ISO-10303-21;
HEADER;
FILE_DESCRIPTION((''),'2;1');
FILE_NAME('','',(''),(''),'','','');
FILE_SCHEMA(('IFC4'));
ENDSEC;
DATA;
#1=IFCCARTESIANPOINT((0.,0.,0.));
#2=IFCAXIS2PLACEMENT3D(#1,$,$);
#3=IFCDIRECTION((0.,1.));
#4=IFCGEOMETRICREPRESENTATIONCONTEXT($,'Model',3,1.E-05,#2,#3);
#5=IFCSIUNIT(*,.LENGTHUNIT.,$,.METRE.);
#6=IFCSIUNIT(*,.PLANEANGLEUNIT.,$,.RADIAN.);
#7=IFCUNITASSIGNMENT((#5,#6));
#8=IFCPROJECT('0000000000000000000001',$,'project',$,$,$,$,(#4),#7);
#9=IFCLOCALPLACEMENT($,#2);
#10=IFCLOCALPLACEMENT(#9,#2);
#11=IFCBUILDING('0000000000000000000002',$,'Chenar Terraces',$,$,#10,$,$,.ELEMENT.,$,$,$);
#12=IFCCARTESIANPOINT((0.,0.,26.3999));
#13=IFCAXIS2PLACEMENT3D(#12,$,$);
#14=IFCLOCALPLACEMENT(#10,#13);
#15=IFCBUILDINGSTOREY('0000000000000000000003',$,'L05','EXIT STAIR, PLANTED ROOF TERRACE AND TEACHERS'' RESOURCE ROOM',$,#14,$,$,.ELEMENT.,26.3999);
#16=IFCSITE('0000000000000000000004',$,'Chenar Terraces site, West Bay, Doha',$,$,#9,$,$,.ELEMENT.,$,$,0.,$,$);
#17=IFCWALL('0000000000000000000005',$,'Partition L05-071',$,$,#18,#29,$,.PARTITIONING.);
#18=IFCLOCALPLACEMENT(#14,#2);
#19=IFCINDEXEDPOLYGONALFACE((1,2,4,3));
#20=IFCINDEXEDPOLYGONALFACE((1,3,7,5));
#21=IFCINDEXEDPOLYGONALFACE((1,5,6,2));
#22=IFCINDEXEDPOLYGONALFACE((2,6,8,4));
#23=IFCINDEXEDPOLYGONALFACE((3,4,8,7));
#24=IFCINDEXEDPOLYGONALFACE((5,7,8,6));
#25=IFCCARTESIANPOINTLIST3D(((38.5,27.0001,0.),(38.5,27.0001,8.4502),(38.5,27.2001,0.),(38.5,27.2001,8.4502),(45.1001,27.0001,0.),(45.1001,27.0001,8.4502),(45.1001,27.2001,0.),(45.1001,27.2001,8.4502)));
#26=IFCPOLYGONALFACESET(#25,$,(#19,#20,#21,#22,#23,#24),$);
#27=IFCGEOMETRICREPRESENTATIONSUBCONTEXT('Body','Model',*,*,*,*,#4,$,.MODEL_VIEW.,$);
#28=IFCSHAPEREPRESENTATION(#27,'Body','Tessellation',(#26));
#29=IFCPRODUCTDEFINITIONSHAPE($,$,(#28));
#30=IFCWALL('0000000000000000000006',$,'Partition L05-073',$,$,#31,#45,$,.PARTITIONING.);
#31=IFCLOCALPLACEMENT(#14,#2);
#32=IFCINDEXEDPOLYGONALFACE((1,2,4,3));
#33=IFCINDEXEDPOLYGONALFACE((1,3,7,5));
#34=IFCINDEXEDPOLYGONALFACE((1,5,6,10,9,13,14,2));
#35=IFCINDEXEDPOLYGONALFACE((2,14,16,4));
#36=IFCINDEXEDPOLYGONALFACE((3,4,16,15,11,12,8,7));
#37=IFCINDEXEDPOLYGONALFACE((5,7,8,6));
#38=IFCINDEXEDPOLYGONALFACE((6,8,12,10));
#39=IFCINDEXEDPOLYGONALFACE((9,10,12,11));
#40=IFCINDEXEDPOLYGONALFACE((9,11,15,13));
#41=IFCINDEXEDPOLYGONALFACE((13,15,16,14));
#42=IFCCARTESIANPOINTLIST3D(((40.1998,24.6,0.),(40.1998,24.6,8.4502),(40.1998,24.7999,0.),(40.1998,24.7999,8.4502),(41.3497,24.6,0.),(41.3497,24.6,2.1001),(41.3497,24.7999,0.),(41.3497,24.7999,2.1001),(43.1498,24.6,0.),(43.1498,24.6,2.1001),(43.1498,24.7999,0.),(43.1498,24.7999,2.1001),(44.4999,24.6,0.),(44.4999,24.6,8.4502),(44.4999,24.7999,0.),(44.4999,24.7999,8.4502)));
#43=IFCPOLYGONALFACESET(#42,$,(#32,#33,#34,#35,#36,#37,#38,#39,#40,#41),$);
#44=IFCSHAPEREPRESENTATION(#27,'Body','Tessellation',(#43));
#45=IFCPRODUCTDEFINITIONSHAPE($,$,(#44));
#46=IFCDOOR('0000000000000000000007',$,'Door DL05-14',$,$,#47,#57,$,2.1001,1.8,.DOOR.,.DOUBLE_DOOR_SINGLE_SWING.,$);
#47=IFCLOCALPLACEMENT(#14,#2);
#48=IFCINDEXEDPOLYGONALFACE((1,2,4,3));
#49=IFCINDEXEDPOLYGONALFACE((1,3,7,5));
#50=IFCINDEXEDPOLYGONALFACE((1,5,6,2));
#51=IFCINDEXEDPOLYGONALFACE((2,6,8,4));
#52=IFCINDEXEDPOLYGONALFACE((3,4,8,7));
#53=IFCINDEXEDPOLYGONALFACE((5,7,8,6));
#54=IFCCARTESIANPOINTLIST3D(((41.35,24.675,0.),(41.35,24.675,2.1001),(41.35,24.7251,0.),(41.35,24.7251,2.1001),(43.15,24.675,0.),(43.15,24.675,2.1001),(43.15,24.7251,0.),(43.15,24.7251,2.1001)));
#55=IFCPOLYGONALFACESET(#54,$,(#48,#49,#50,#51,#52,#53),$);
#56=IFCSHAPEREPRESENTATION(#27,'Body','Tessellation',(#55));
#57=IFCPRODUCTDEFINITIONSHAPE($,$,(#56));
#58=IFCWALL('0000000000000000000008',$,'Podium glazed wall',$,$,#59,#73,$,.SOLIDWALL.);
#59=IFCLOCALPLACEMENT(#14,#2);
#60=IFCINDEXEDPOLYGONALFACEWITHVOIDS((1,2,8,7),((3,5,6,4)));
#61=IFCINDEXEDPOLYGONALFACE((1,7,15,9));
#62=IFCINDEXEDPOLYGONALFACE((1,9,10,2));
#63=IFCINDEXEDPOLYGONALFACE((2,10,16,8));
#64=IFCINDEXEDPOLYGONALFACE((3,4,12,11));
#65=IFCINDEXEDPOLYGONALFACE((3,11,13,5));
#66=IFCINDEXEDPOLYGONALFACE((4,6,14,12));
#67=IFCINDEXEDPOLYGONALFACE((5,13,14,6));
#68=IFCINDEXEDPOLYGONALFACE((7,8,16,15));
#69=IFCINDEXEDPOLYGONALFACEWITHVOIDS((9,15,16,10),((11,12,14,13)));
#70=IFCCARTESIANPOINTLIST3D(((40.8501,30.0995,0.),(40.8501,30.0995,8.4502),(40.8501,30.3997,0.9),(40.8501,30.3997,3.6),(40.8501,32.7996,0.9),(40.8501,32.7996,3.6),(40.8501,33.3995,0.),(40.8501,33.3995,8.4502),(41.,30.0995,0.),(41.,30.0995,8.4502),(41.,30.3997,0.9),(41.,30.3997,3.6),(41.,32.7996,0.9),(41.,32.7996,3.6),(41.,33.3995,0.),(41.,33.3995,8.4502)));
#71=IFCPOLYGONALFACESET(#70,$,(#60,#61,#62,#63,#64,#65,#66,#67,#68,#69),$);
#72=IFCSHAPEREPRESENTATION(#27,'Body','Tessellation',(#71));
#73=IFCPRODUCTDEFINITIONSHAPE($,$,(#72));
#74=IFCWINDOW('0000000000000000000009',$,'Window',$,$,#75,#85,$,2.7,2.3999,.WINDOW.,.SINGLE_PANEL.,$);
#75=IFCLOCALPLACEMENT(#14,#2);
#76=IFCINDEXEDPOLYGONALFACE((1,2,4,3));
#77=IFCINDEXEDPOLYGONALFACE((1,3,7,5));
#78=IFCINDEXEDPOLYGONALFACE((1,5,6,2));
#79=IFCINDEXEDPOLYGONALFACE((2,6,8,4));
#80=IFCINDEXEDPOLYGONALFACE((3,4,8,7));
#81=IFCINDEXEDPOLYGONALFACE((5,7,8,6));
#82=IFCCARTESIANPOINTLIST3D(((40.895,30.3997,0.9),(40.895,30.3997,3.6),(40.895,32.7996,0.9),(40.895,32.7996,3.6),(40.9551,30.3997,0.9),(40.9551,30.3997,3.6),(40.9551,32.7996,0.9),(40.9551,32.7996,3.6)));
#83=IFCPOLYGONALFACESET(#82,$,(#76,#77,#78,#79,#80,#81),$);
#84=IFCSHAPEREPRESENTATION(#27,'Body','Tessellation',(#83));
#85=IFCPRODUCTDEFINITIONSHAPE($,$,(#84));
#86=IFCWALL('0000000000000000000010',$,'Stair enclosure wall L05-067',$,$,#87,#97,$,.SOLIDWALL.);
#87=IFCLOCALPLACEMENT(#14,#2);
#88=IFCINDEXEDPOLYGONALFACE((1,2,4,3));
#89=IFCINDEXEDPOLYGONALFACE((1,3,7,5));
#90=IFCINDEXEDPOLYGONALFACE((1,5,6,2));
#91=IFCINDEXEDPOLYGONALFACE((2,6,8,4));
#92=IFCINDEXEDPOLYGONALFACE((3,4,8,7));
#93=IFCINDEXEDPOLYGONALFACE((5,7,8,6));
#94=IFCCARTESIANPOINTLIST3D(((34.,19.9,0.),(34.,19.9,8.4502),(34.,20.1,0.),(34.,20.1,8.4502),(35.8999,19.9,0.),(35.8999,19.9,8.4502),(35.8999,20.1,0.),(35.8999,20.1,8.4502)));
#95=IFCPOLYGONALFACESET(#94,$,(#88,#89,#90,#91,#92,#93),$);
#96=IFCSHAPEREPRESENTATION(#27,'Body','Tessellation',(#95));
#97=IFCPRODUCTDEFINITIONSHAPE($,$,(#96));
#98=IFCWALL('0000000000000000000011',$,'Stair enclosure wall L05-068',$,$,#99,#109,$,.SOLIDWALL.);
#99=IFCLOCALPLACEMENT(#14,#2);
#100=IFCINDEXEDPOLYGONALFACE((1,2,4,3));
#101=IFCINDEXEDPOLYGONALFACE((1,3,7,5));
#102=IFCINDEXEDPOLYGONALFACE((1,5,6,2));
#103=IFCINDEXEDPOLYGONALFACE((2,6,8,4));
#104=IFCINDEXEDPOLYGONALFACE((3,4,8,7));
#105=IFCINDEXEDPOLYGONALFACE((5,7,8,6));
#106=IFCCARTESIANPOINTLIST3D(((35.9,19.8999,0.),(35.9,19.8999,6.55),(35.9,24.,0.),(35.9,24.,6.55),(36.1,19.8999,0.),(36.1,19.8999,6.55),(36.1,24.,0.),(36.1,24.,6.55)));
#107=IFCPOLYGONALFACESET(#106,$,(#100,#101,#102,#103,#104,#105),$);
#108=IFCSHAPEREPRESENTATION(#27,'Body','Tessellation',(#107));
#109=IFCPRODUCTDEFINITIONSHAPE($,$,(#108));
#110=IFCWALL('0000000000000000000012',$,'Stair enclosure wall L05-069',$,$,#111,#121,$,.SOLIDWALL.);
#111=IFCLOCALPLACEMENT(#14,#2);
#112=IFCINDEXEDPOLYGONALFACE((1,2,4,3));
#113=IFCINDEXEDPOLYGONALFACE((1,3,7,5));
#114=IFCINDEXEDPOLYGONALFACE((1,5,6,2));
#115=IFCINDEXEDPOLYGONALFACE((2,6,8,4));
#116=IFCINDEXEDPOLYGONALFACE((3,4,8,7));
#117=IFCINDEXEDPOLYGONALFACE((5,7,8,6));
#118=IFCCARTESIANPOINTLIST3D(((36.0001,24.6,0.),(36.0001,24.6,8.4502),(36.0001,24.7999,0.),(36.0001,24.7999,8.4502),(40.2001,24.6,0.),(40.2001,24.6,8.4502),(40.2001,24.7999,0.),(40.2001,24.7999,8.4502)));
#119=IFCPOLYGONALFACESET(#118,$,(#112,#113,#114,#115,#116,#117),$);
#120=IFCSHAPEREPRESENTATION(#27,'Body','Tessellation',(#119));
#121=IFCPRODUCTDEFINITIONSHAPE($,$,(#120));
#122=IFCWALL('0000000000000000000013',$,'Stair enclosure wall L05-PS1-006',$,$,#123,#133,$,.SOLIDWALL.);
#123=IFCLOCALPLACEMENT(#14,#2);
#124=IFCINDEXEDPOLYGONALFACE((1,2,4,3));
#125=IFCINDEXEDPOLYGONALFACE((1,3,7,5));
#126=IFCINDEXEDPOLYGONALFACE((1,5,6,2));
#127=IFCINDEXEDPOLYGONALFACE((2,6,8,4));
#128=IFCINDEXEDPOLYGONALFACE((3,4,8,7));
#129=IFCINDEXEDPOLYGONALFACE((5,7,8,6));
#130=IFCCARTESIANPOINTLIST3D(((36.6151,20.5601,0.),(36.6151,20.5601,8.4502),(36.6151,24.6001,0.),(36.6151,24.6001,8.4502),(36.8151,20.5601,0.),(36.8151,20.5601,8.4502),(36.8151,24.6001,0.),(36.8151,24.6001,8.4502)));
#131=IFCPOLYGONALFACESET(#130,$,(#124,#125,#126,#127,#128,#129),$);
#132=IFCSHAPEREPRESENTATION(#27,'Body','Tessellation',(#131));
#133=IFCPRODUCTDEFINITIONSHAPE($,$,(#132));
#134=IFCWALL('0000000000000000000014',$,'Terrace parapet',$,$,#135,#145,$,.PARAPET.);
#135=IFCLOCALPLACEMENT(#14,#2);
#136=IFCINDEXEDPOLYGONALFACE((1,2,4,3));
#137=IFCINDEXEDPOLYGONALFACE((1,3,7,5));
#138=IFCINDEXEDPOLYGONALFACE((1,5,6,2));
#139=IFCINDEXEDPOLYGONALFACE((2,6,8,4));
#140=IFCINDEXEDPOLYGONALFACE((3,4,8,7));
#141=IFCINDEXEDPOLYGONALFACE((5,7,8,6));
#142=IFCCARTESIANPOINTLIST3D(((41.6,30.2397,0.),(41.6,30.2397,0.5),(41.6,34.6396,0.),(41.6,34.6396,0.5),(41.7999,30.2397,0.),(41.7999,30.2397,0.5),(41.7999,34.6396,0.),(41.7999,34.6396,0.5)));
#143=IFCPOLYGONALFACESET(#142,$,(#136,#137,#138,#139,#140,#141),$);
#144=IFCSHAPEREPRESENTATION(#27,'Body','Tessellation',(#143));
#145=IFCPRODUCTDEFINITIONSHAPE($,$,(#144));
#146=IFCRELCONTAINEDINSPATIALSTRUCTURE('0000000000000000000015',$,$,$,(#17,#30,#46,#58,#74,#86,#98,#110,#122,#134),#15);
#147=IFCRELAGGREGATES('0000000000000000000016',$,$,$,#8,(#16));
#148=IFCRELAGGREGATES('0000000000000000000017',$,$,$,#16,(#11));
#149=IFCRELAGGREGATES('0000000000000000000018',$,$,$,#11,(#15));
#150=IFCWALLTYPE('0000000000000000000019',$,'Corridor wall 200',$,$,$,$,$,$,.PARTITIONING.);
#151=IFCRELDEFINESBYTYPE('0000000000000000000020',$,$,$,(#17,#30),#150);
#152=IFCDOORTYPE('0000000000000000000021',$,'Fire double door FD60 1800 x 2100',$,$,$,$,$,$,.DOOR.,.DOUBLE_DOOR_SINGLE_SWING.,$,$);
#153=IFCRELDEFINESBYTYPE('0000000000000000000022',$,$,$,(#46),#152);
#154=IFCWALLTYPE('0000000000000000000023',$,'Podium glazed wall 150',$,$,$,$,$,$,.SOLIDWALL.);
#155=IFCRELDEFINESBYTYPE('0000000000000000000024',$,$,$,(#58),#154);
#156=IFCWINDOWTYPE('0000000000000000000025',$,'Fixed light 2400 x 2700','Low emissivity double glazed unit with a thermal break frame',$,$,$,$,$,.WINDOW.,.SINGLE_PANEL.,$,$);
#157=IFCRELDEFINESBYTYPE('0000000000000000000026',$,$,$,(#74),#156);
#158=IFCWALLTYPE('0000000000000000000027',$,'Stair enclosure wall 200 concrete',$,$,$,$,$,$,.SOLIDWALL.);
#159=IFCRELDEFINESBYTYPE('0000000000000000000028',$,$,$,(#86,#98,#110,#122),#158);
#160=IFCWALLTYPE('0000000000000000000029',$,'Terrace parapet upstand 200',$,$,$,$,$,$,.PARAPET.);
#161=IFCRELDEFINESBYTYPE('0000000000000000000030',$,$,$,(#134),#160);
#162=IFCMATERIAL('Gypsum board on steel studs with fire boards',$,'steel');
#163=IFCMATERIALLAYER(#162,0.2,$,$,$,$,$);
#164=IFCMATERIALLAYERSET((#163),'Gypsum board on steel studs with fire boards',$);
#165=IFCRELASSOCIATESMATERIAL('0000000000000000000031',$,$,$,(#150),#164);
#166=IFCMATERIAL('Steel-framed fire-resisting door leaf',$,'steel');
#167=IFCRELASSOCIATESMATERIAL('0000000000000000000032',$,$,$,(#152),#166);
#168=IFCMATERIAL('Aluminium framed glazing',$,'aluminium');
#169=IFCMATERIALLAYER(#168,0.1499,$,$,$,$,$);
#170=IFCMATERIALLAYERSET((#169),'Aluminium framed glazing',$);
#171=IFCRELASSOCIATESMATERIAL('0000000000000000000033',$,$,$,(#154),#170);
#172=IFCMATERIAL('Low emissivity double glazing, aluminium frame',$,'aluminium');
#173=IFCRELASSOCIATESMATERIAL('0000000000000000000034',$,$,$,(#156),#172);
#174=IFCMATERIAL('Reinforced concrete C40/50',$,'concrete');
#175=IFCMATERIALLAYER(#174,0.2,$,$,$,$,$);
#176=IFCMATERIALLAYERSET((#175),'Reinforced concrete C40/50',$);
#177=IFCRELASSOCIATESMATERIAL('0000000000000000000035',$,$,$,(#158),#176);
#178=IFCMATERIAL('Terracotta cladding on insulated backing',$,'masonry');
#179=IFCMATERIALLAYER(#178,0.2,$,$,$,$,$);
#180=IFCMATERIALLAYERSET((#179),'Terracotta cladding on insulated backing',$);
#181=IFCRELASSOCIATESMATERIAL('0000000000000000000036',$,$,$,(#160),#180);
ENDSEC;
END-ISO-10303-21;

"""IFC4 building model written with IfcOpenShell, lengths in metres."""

from ifc_helpers import new_model, si_unit, direction, frame, frame_2d, origin, place, context, subcontext, project, spatial, rectangle, extrude, material, layer, layer_set, type_object, element, fill, save


model = new_model("IFC4")

# Units and contexts
model_context = context("Model", 3, precision=1e-05, world=origin(), true_north=direction((0.0, 1.0)))
body_context = subcontext(model_context, "Body", "Model", "MODEL_VIEW")
ifc_project = project(units=[si_unit("LENGTHUNIT", "METRE"), si_unit("PLANEANGLEUNIT", "RADIAN")], contexts=[model_context])

# Site, building, storey
site_placement = place(None, origin())
site = spatial("IfcSite", under=ifc_project, at=site_placement, Name="Chenar Terraces site, West Bay, Doha", CompositionType="ELEMENT", RefElevation=0.0)
building_placement = place(site_placement, origin())
building = spatial("IfcBuilding", under=site, at=building_placement, Name="Chenar Terraces", CompositionType="ELEMENT")
storey_placement = place(building_placement, frame((0.0, 0.0, 26.3999)))
storey = spatial("IfcBuildingStorey", under=building, at=storey_placement, Name="L05", Description="EXIT STAIR, PLANTED ROOF TERRACE AND TEACHERS' RESOURCE ROOM", CompositionType="ELEMENT", Elevation=26.3999)

# Shared definitions
ifc_material_1 = material(Name="Gypsum board on steel studs with fire boards", Category="steel")
ifc_layer_1 = layer(ifc_material_1, 0.2)
ifc_layer_set_1 = layer_set([ifc_layer_1], Name="Gypsum board on steel studs with fire boards")
wall_type_1 = type_object("IfcWallType", Name="Corridor wall 200", PredefinedType="PARTITIONING", material=ifc_layer_set_1)

# Wall
wall_1_placement = place(storey_placement, frame((38.5, 27.1001, 0.0), z_axis=(0.0, 0.0, 1.0), x_axis=(1.0, 0.0, 0.0)))
element("IfcWall", 1, at=wall_1_placement, inside=storey, type_object=wall_type_1, Name="Partition L05-071", PredefinedType="PARTITIONING", context=body_context, shape_type="SweptSolid", body=[
    extrude(rectangle(XDim=6.6001, YDim=0.2, at=frame_2d((3.3, 0.0))), origin(), (0.0, 0.0, 1.0), 8.4502),
])

# Wall, opening, door
wall_2_placement = place(storey_placement, frame((40.2, 24.7, 0.0), z_axis=(0.0, 0.0, 1.0), x_axis=(1.0, 0.0, 0.0)))
wall_2 = element("IfcWall", 2, at=wall_2_placement, inside=storey, type_object=wall_type_1, Name="Partition L05-073", PredefinedType="PARTITIONING", context=body_context, shape_type="SweptSolid", body=[
    extrude(rectangle(XDim=4.3, YDim=0.2, at=frame_2d((2.1499, 0.0))), origin(), (0.0, 0.0, 1.0), 8.4502),
])
opening_1_placement = place(wall_2_placement, frame((1.1499, 0.0, 0.0)))
opening_1 = element("IfcOpeningElement", 3, at=opening_1_placement, cuts=wall_2, PredefinedType="OPENING", context=body_context, shape_type="SweptSolid", body=[
    extrude(rectangle(XDim=1.8, YDim=2.1001, at=frame_2d((0.8999, 1.05))), frame((0.0, 0.1099, 0.0), z_axis=(0.0, -1.0, 0.0), x_axis=(1.0, 0.0, 0.0)), (0.0, 0.0, 1.0), 0.22),
])
ifc_material_2 = material(Name="Steel-framed fire-resisting door leaf", Category="steel")
door_type_1 = type_object("IfcDoorType", Name="Fire double door FD60 1800 x 2100", OperationType="DOUBLE_DOOR_SINGLE_SWING", PredefinedType="DOOR", material=ifc_material_2)
door_1_placement = place(opening_1_placement, frame((1.8, 0.0, 0.0), z_axis=(0.0, 0.0, 1.0), x_axis=(-1.0, 0.0, 0.0)))
door_1 = element("IfcDoor", 4, at=door_1_placement, inside=storey, type_object=door_type_1, Name="Door DL05-14", OperationType="DOUBLE_DOOR_SINGLE_SWING", OverallHeight=2.1001, OverallWidth=1.8, PredefinedType="DOOR", context=body_context, shape_type="SweptSolid", body=[
    extrude(rectangle(XDim=1.8, YDim=2.1001, at=frame_2d((0.8999, 1.05))), frame((0.0, 0.0249, 0.0), z_axis=(0.0, -1.0, 0.0), x_axis=(1.0, 0.0, 0.0)), (0.0, 0.0, 1.0), 0.05),
])
fill(opening_1, door_1)

# Wall, opening, window
ifc_material_3 = material(Name="Aluminium framed glazing", Category="aluminium")
ifc_layer_2 = layer(ifc_material_3, 0.1499)
ifc_layer_set_2 = layer_set([ifc_layer_2], Name="Aluminium framed glazing")
wall_type_2 = type_object("IfcWallType", Name="Podium glazed wall 150", PredefinedType="SOLIDWALL", material=ifc_layer_set_2)
wall_3_placement = place(storey_placement, frame((40.925, 30.0996, 0.0), z_axis=(0.0, 0.0, 1.0), x_axis=(0.0, 1.0, 0.0)))
wall_3 = element("IfcWall", 5, at=wall_3_placement, inside=storey, type_object=wall_type_2, Name="Podium glazed wall", PredefinedType="SOLIDWALL", context=body_context, shape_type="SweptSolid", body=[
    extrude(rectangle(XDim=3.3, YDim=0.1499, at=frame_2d((1.6499, 0.0))), origin(), (0.0, 0.0, 1.0), 8.4502),
])
opening_2_placement = place(wall_3_placement, frame((0.3, 0.0, 0.8999)))
opening_2 = element("IfcOpeningElement", 6, at=opening_2_placement, cuts=wall_3, PredefinedType="OPENING", context=body_context, shape_type="SweptSolid", body=[
    extrude(rectangle(XDim=2.3999, YDim=2.7, at=frame_2d((1.2, 1.3501))), frame((0.0, 0.085, 0.0), z_axis=(0.0, -1.0, 0.0), x_axis=(1.0, 0.0, 0.0)), (0.0, 0.0, 1.0), 0.1699),
])
ifc_material_4 = material(Name="Low emissivity double glazing, aluminium frame", Category="aluminium")
window_type = type_object("IfcWindowType", Name="Fixed light 2400 x 2700", Description="Low emissivity double glazed unit with a thermal break frame", PartitioningType="SINGLE_PANEL", PredefinedType="WINDOW", material=ifc_material_4)
window_placement = place(opening_2_placement, origin())
window = element("IfcWindow", 7, at=window_placement, inside=storey, type_object=window_type, Name="Window", OverallHeight=2.7, OverallWidth=2.3999, PartitioningType="SINGLE_PANEL", PredefinedType="WINDOW", context=body_context, shape_type="SweptSolid", body=[
    extrude(rectangle(XDim=2.3999, YDim=2.7, at=frame_2d((1.2, 1.3501))), frame((0.0, 0.03, 0.0), z_axis=(0.0, -1.0, 0.0), x_axis=(1.0, 0.0, 0.0)), (0.0, 0.0, 1.0), 0.0601),
])
fill(opening_2, window)

# Walls
ifc_material_5 = material(Name="Reinforced concrete C40/50", Category="concrete")
ifc_layer_3 = layer(ifc_material_5, 0.2)
ifc_layer_set_3 = layer_set([ifc_layer_3], Name="Reinforced concrete C40/50")
wall_type_3 = type_object("IfcWallType", Name="Stair enclosure wall 200 concrete", PredefinedType="SOLIDWALL", material=ifc_layer_set_3)
wall_4_placement = place(storey_placement, frame((34.0, 20.0, 0.0), z_axis=(0.0, 0.0, 1.0), x_axis=(1.0, 0.0, 0.0)))
element("IfcWall", 8, at=wall_4_placement, inside=storey, type_object=wall_type_3, Name="Stair enclosure wall L05-067", PredefinedType="SOLIDWALL", context=body_context, shape_type="SweptSolid", body=[
    extrude(rectangle(XDim=1.8999, YDim=0.2, at=frame_2d((0.95, 0.0))), origin(), (0.0, 0.0, 1.0), 8.4502),
])
wall_5_placement = place(storey_placement, frame((36.0, 19.8999, 0.0), z_axis=(0.0, 0.0, 1.0), x_axis=(0.0, 1.0, 0.0)))
element("IfcWall", 9, at=wall_5_placement, inside=storey, type_object=wall_type_3, Name="Stair enclosure wall L05-068", PredefinedType="SOLIDWALL", context=body_context, shape_type="SweptSolid", body=[
    extrude(rectangle(XDim=4.1001, YDim=0.2, at=frame_2d((2.05, 0.0))), origin(), (0.0, 0.0, 1.0), 6.55),
])
wall_6_placement = place(storey_placement, frame((36.0, 24.7, 0.0), z_axis=(0.0, 0.0, 1.0), x_axis=(1.0, 0.0, 0.0)))
element("IfcWall", 10, at=wall_6_placement, inside=storey, type_object=wall_type_3, Name="Stair enclosure wall L05-069", PredefinedType="SOLIDWALL", context=body_context, shape_type="SweptSolid", body=[
    extrude(rectangle(XDim=4.2, YDim=0.2, at=frame_2d((2.1001, 0.0))), origin(), (0.0, 0.0, 1.0), 8.4502),
])
wall_7_placement = place(storey_placement, frame((36.7151, 20.5601, 0.0), z_axis=(0.0, 0.0, 1.0), x_axis=(0.0, 1.0, 0.0)))
element("IfcWall", 11, at=wall_7_placement, inside=storey, type_object=wall_type_3, Name="Stair enclosure wall L05-PS1-006", PredefinedType="SOLIDWALL", context=body_context, shape_type="SweptSolid", body=[
    extrude(rectangle(XDim=4.04, YDim=0.2, at=frame_2d((2.02, 0.0))), origin(), (0.0, 0.0, 1.0), 8.4502),
])
ifc_material_6 = material(Name="Terracotta cladding on insulated backing", Category="masonry")
ifc_layer_4 = layer(ifc_material_6, 0.2)
ifc_layer_set_4 = layer_set([ifc_layer_4], Name="Terracotta cladding on insulated backing")
wall_type_4 = type_object("IfcWallType", Name="Terrace parapet upstand 200", PredefinedType="PARAPET", material=ifc_layer_set_4)
wall_8_placement = place(storey_placement, frame((41.7, 34.6396, 0.0), z_axis=(0.0, 0.0, 1.0), x_axis=(0.0, -1.0, 0.0)))
element("IfcWall", 12, at=wall_8_placement, inside=storey, type_object=wall_type_4, Name="Terrace parapet", PredefinedType="PARAPET", context=body_context, shape_type="SweptSolid", body=[
    extrude(rectangle(XDim=4.3999, YDim=0.2, at=frame_2d((2.2, 0.0))), origin(), (0.0, 0.0, 1.0), 0.5),
])

save(model, "model.ifc")
